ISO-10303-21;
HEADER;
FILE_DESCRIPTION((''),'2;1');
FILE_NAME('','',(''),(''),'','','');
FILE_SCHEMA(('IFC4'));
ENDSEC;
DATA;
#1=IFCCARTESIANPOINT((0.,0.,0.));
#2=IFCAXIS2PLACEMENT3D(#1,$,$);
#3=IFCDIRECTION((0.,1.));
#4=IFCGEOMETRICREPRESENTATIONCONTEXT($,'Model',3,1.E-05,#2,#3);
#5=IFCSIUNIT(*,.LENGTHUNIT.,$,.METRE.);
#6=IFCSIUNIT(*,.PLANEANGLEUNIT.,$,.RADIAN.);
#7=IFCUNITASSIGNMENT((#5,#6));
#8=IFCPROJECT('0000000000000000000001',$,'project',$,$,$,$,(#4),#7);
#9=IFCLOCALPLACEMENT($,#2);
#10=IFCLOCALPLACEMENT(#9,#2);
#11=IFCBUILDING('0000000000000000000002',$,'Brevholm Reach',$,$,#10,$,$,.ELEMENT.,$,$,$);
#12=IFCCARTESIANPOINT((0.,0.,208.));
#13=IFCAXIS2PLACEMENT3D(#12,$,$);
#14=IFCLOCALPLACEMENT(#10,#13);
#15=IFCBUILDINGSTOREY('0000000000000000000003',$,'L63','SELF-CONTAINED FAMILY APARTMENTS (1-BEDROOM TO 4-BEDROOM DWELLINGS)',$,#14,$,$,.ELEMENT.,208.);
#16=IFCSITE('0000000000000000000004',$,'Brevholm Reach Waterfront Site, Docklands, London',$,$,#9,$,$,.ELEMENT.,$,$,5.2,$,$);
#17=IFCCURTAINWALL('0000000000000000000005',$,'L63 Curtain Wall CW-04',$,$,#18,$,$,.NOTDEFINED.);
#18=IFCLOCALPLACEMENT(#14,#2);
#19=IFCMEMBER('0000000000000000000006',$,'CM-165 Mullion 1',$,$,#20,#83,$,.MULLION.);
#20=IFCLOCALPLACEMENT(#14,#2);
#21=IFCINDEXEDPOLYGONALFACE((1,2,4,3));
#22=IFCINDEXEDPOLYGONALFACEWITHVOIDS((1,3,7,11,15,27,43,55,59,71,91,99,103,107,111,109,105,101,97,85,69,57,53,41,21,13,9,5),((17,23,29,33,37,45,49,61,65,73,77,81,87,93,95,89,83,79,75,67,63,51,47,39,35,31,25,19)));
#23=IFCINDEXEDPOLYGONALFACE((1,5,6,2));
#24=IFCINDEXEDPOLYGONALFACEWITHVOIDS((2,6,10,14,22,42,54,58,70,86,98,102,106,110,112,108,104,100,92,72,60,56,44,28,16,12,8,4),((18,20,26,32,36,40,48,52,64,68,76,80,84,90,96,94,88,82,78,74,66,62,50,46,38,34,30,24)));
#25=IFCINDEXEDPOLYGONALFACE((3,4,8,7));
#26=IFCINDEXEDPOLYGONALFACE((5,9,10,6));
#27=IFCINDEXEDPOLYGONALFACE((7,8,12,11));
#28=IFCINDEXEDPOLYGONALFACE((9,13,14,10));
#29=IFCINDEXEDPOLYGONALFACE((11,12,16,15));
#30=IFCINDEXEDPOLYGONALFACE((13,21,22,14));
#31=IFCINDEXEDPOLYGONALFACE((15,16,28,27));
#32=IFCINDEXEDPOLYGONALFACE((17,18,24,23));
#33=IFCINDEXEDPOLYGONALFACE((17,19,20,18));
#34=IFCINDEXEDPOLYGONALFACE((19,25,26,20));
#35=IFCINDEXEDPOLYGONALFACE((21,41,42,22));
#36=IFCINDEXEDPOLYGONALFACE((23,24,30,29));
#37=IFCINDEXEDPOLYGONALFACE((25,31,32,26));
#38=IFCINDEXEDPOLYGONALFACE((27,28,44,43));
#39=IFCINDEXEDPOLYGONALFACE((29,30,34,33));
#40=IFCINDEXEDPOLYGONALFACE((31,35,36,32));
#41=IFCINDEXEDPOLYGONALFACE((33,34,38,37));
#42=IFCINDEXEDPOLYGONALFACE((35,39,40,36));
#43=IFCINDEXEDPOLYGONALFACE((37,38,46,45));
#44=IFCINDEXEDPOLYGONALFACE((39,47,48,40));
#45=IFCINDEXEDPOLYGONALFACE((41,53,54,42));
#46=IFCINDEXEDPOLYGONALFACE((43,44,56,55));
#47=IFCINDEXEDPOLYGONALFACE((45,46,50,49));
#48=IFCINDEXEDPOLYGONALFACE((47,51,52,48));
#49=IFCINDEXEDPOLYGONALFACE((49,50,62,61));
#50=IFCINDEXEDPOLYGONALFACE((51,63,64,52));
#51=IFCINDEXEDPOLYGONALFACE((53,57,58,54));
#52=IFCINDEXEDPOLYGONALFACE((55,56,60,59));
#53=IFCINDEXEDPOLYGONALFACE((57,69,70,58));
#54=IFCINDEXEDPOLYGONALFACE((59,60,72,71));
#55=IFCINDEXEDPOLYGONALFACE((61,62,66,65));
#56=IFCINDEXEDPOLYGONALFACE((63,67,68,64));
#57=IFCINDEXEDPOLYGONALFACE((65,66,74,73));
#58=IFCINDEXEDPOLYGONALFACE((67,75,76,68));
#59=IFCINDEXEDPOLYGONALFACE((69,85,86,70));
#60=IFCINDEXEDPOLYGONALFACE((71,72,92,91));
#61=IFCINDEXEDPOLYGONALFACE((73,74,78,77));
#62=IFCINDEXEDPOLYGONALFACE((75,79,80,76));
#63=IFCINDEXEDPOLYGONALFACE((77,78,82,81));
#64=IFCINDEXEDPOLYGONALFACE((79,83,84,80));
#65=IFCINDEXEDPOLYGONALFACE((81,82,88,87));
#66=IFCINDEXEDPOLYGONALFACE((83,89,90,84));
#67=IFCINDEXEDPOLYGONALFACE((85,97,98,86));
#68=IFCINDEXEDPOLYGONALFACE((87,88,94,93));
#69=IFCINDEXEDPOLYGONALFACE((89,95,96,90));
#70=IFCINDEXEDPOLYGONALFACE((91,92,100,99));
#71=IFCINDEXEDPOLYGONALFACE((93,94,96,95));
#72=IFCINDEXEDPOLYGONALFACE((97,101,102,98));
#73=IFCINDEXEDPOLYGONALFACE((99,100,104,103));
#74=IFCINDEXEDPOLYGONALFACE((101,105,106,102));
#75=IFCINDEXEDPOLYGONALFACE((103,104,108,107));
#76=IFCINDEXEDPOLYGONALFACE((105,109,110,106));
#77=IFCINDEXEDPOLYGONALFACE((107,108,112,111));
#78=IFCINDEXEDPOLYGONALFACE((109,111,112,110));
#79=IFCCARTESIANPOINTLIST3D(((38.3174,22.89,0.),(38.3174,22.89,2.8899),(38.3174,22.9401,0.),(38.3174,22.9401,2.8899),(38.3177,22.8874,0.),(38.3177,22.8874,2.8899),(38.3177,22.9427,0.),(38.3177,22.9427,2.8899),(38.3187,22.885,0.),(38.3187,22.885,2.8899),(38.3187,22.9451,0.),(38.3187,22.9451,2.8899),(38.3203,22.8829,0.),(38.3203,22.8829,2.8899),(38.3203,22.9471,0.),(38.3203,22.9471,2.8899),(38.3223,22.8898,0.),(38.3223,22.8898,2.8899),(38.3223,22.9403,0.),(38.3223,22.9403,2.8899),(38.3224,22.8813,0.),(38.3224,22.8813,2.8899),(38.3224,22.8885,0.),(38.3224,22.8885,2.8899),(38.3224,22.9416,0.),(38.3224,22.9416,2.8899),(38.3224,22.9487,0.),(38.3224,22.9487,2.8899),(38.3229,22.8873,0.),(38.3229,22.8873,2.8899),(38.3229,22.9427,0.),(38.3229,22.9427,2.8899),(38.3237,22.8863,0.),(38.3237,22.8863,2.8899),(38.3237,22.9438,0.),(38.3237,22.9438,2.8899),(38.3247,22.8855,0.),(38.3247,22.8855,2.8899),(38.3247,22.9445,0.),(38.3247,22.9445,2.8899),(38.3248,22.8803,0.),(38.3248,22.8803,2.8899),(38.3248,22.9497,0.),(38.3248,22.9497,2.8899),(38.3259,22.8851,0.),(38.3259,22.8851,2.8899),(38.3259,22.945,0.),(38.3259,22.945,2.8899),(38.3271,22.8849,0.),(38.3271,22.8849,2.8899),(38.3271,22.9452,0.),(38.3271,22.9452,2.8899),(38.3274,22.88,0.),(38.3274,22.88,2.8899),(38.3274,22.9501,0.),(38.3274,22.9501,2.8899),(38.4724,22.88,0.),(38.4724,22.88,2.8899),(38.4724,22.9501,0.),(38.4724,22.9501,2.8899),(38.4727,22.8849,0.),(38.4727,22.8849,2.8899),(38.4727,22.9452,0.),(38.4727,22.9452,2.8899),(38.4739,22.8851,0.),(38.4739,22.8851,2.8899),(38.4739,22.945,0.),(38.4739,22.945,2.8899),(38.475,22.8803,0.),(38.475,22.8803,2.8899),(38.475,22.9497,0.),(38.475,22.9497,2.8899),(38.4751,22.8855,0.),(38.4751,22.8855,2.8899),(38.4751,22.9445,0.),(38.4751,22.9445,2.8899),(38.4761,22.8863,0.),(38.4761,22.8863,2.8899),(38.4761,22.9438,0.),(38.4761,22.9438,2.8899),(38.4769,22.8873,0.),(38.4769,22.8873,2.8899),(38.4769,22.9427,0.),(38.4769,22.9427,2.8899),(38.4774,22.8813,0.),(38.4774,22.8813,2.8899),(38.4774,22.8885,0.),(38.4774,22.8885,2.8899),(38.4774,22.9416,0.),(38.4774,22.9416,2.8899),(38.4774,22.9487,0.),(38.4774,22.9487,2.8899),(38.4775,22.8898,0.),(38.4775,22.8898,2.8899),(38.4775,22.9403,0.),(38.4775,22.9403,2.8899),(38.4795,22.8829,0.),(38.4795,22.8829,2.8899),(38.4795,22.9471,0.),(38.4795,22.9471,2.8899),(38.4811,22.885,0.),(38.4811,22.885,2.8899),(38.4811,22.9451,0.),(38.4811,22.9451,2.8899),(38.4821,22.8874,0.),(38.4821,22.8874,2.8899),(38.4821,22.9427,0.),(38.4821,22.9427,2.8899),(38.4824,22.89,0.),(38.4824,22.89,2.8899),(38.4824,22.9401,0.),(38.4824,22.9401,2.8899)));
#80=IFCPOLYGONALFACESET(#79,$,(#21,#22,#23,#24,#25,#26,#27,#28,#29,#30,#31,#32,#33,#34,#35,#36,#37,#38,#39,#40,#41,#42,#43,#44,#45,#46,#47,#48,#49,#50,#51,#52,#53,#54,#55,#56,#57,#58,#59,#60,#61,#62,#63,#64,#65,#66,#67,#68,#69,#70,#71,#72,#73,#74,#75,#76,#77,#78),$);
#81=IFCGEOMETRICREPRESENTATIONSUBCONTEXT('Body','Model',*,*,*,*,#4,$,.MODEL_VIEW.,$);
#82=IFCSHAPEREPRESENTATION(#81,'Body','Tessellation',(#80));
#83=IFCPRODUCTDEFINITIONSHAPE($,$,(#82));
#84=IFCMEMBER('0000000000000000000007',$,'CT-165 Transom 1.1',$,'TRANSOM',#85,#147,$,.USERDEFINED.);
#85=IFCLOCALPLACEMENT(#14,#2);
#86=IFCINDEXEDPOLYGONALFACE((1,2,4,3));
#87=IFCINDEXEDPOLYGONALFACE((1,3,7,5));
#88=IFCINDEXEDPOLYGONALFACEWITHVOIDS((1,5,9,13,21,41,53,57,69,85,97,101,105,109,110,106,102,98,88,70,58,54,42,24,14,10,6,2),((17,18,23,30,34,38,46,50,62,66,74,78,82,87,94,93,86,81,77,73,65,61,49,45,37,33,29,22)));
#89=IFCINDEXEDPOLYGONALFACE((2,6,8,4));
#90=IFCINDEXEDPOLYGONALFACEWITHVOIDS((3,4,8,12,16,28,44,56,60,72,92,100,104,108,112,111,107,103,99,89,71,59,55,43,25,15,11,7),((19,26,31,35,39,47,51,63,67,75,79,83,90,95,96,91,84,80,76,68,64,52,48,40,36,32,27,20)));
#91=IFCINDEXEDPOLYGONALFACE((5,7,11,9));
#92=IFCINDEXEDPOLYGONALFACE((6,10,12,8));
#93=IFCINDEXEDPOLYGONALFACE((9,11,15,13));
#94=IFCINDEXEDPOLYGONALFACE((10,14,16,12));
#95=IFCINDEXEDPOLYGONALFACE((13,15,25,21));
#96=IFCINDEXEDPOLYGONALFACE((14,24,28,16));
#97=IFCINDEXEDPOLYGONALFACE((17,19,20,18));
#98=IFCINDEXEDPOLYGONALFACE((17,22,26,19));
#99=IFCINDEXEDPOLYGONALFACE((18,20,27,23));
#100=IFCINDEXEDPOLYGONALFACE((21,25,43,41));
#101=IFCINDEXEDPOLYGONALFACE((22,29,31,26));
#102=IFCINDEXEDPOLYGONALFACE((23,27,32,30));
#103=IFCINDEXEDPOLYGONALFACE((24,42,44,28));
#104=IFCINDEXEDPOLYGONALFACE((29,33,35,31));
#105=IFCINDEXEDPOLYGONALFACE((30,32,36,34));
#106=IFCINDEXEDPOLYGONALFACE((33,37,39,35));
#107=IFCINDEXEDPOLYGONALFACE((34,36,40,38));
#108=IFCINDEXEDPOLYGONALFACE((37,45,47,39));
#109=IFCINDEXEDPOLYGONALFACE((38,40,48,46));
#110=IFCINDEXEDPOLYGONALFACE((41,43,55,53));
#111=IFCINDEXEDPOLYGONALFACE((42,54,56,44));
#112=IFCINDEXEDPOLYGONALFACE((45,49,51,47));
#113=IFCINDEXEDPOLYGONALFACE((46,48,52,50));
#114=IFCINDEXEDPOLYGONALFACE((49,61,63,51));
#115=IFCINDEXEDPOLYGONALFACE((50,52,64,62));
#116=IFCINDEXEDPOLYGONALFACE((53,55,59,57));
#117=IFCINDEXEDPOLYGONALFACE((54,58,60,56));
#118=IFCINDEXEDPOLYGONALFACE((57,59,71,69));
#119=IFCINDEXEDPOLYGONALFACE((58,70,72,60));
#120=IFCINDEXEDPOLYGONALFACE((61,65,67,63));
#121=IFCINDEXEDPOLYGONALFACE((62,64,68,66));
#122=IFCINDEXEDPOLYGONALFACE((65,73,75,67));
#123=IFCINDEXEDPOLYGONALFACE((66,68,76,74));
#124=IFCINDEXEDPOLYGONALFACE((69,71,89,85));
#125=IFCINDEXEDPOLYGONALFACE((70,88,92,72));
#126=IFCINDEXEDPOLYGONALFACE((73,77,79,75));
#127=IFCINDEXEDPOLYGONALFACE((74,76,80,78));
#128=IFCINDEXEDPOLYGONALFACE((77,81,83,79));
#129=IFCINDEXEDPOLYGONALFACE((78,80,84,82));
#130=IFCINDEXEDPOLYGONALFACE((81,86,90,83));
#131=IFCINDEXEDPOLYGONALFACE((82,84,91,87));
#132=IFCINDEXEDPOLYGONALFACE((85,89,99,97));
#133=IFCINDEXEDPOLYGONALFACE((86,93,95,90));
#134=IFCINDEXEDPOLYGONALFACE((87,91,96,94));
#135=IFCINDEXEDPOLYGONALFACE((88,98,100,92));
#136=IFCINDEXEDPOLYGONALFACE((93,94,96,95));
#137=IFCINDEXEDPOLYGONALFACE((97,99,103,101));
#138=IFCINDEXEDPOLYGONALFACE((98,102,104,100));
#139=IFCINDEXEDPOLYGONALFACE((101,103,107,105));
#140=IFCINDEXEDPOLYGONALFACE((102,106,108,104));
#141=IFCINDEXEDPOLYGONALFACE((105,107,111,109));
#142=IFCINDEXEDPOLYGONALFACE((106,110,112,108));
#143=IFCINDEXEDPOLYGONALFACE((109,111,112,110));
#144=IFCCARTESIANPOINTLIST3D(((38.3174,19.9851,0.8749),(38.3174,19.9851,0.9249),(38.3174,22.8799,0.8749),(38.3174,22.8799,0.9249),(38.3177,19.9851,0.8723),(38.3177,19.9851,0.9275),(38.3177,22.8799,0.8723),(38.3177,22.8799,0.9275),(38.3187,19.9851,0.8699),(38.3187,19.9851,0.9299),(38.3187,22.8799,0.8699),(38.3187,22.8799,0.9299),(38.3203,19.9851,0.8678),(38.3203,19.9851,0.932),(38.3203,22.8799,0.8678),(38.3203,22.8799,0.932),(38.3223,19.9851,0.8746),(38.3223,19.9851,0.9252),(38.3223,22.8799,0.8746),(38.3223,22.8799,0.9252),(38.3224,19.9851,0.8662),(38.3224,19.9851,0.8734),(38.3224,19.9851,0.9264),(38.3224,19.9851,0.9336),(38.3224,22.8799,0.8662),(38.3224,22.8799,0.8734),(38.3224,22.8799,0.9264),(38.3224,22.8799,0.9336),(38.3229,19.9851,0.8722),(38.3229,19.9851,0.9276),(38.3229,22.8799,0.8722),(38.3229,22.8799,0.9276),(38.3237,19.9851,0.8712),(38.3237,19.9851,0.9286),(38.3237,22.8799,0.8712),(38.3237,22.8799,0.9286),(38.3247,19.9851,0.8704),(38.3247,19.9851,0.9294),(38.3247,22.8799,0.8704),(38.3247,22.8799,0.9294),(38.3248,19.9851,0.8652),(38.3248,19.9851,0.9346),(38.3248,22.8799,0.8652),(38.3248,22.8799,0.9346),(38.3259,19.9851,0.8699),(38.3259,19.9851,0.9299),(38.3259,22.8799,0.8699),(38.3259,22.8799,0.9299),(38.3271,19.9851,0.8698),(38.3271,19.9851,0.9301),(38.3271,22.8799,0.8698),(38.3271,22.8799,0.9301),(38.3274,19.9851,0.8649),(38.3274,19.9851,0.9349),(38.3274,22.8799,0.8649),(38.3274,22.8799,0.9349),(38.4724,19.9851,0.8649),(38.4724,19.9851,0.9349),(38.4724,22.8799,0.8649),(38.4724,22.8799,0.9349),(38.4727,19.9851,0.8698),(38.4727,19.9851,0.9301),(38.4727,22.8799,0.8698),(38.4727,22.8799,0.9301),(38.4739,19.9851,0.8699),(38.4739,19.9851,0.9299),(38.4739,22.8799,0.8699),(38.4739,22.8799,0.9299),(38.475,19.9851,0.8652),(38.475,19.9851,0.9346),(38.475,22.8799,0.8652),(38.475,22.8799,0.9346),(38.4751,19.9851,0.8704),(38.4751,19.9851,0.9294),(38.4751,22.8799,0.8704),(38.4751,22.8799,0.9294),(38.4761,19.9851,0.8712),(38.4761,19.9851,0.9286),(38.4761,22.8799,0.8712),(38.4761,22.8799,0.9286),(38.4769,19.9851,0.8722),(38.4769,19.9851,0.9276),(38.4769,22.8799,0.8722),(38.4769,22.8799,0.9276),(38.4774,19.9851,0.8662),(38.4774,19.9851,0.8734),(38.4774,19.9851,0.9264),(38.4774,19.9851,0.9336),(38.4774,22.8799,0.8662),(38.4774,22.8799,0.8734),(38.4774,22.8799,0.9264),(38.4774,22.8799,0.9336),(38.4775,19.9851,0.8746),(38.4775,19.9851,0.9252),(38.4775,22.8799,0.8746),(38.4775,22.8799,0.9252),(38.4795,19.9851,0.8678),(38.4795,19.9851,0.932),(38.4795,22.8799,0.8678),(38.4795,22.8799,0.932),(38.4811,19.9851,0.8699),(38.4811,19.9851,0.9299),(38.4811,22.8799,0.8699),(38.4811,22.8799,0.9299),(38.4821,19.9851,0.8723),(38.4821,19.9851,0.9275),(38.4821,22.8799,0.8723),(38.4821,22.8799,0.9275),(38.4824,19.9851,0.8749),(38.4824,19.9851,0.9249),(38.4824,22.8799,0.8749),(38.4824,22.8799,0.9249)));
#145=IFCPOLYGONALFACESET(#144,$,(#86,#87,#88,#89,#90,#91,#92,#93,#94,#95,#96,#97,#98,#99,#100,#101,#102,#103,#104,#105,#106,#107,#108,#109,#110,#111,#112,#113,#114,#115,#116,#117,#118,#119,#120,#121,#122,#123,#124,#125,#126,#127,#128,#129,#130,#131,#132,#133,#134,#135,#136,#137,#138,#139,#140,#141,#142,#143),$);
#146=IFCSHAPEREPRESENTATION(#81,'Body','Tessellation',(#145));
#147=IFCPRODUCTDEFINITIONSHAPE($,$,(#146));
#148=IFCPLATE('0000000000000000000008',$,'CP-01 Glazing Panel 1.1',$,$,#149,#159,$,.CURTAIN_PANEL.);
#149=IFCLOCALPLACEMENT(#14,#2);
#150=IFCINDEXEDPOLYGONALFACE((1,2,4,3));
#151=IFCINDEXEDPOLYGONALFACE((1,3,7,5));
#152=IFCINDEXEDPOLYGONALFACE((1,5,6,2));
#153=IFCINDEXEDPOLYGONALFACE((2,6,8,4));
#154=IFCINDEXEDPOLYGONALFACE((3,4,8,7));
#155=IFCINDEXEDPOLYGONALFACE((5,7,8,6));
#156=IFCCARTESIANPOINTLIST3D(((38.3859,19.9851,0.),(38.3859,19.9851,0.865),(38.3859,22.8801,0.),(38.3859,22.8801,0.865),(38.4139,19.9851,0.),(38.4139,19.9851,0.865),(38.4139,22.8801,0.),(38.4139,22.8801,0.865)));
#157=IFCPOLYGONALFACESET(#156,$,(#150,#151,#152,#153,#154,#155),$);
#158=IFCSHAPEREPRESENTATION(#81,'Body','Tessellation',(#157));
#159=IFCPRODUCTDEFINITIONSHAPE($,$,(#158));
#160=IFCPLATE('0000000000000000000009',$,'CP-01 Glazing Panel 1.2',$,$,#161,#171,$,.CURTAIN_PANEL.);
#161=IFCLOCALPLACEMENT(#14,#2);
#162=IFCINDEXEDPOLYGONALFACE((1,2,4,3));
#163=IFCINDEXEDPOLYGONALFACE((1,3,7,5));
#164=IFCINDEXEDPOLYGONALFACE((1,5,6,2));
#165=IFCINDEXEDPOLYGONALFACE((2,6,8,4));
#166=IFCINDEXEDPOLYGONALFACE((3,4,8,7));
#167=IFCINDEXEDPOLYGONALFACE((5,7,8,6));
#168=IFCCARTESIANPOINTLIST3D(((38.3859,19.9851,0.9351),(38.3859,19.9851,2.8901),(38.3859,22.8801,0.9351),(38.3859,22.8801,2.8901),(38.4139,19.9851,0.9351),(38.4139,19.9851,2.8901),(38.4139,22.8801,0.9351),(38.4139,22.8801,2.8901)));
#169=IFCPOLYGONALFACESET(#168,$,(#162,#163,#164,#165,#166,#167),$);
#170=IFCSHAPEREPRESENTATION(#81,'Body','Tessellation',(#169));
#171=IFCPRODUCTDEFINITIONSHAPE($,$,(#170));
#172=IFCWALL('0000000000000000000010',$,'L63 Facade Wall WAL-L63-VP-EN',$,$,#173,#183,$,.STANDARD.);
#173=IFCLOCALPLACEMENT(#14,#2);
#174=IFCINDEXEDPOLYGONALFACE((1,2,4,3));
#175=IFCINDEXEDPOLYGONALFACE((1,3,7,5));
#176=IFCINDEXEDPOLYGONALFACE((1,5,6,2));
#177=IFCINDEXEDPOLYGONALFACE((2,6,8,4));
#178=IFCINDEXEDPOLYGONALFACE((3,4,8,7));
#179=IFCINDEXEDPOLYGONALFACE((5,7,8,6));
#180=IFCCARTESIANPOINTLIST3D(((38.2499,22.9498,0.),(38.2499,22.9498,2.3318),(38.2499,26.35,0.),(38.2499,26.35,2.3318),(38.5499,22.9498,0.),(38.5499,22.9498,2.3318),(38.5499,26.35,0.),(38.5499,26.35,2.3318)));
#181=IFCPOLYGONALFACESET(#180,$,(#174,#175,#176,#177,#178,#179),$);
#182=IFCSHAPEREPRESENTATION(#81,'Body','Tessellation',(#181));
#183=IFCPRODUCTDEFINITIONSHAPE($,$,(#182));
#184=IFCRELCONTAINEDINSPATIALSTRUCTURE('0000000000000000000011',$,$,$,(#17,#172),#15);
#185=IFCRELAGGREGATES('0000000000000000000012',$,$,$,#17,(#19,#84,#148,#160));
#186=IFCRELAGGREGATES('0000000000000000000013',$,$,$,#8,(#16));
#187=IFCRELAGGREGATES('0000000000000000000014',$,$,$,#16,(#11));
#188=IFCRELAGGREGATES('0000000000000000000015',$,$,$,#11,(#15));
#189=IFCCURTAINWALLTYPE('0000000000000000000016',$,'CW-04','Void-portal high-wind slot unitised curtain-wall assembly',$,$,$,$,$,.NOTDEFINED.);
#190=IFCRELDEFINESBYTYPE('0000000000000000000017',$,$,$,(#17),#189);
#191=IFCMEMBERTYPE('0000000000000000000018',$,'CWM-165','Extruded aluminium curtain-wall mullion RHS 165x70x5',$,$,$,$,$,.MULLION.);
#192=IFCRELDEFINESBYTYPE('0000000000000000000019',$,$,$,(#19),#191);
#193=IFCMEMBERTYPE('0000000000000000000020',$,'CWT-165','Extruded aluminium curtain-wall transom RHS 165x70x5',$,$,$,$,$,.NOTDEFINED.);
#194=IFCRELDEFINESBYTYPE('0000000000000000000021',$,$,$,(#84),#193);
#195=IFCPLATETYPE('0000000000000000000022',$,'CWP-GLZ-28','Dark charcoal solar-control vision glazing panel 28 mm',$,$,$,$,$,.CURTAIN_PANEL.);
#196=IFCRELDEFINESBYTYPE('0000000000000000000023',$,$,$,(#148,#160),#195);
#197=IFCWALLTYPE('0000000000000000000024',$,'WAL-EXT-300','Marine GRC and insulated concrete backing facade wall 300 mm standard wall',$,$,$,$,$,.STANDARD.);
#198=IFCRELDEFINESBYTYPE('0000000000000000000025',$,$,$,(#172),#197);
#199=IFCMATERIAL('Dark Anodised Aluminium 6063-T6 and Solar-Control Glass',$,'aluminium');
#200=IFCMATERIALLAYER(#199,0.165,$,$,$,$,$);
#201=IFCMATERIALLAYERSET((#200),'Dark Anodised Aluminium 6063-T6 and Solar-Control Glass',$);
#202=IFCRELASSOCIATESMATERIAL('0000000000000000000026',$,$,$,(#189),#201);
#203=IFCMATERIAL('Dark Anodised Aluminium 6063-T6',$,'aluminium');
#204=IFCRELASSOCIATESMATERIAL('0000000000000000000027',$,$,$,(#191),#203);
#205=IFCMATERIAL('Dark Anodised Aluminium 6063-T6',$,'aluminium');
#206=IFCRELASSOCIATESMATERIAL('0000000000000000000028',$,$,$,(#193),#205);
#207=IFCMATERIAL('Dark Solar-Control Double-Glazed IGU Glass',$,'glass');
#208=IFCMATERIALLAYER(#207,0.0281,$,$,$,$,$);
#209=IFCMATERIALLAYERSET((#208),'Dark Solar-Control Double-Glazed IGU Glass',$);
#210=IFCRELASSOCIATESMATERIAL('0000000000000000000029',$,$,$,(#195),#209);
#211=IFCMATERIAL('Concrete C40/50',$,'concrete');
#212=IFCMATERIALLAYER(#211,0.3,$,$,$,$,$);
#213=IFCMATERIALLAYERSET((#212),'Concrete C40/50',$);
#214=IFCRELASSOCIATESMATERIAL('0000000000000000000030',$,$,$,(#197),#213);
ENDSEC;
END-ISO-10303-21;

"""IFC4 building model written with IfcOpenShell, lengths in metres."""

from ifc_helpers import new_model, si_unit, direction, frame, frame_2d, origin, origin_2d, place, context, subcontext, project, spatial, rectangle, hollow_rectangle, extrude, material, layer, layer_set, material_profile, profile_set, type_object, element, aggregate, save


model = new_model("IFC4")

# Units and contexts
model_context = context("Model", 3, precision=1e-05, world=origin(), true_north=direction((0.0, 1.0)))
body_context = subcontext(model_context, "Body", "Model", "MODEL_VIEW")
ifc_project = project(units=[si_unit("LENGTHUNIT", "METRE"), si_unit("PLANEANGLEUNIT", "RADIAN")], contexts=[model_context])

# Site, building, storey
site_placement = place(None, origin())
site = spatial("IfcSite", under=ifc_project, at=site_placement, Name="Brevholm Reach Waterfront Site, Docklands, London", CompositionType="ELEMENT", RefElevation=5.2)
building_placement = place(site_placement, origin())
building = spatial("IfcBuilding", under=site, at=building_placement, Name="Brevholm Reach", CompositionType="ELEMENT")
storey_placement = place(building_placement, frame((0.0, 0.0, 208.0)))
storey = spatial("IfcBuildingStorey", under=building, at=storey_placement, Name="L63", Description="SELF-CONTAINED FAMILY APARTMENTS (1-BEDROOM TO 4-BEDROOM DWELLINGS)", CompositionType="ELEMENT", Elevation=208.0)

# Curtain wall, members, plates
ifc_material_1 = material(Name="Dark Anodised Aluminium 6063-T6 and Solar-Control Glass", Category="aluminium")
ifc_layer_1 = layer(ifc_material_1, 0.165)
ifc_layer_set_1 = layer_set([ifc_layer_1], Name="Dark Anodised Aluminium 6063-T6 and Solar-Control Glass")
curtain_wall_type = type_object("IfcCurtainWallType", Name="CW-04", Description="Void-portal high-wind slot unitised curtain-wall assembly", PredefinedType="NOTDEFINED", material=ifc_layer_set_1)
curtain_wall_placement = place(storey_placement, origin())
curtain_wall = element("IfcCurtainWall", 1, at=curtain_wall_placement, inside=storey, type_object=curtain_wall_type, Name="L63 Curtain Wall CW-04", PredefinedType="NOTDEFINED")
ifc_material_2 = material(Name="Dark Anodised Aluminium 6063-T6", Category="aluminium")
ifc_material_profile_1 = material_profile(ifc_material_2, hollow_rectangle(XDim=0.0701, YDim=0.165, WallThickness=0.0049, InnerFilletRadius=0.0049, OuterFilletRadius=0.01, at=origin_2d()), Name="RHS 165x70x5")
ifc_profile_set_1 = profile_set([ifc_material_profile_1], Name="Dark Anodised Aluminium 6063-T6")
member_type_1 = type_object("IfcMemberType", Name="CWM-165", Description="Extruded aluminium curtain-wall mullion RHS 165x70x5", PredefinedType="MULLION", material=ifc_profile_set_1)
member_1_placement = place(storey_placement, frame((38.3999, 22.915, 0.0), z_axis=(0.0, 0.0, 1.0), x_axis=(0.0, -1.0, 0.0)))
member_1 = element("IfcMember", 2, at=member_1_placement, type_object=member_type_1, Name="CM-165 Mullion 1", PredefinedType="MULLION", context=body_context, shape_type="SweptSolid", body=[
    extrude(hollow_rectangle(XDim=0.0701, YDim=0.165, WallThickness=0.0049, InnerFilletRadius=0.0049, OuterFilletRadius=0.01, at=origin_2d()), origin(), (0.0, 0.0, 1.0), 2.8899),
])
ifc_material_3 = material(Name="Dark Anodised Aluminium 6063-T6", Category="aluminium")
ifc_material_profile_2 = material_profile(ifc_material_3, hollow_rectangle(XDim=0.0701, YDim=0.165, WallThickness=0.0049, InnerFilletRadius=0.0049, OuterFilletRadius=0.01, at=origin_2d()), Name="RHS 165x70x5")
ifc_profile_set_2 = profile_set([ifc_material_profile_2], Name="Dark Anodised Aluminium 6063-T6")
member_type_2 = type_object("IfcMemberType", Name="CWT-165", Description="Extruded aluminium curtain-wall transom RHS 165x70x5", PredefinedType="NOTDEFINED", material=ifc_profile_set_2)
member_2_placement = place(storey_placement, frame((38.3999, 22.8799, 0.8999), z_axis=(0.0, -1.0, 0.0), x_axis=(0.0, 0.0, 1.0)))
member_2 = element("IfcMember", 3, at=member_2_placement, type_object=member_type_2, Name="CT-165 Transom 1.1", ObjectType="TRANSOM", PredefinedType="USERDEFINED", context=body_context, shape_type="SweptSolid", body=[
    extrude(hollow_rectangle(XDim=0.0701, YDim=0.165, WallThickness=0.0049, InnerFilletRadius=0.0049, OuterFilletRadius=0.01, at=origin_2d()), origin(), (0.0, 0.0, 1.0), 2.8948),
])
ifc_material_4 = material(Name="Dark Solar-Control Double-Glazed IGU Glass", Category="glass")
ifc_layer_2 = layer(ifc_material_4, 0.0281)
ifc_layer_set_2 = layer_set([ifc_layer_2], Name="Dark Solar-Control Double-Glazed IGU Glass")
plate_type = type_object("IfcPlateType", Name="CWP-GLZ-28", Description="Dark charcoal solar-control vision glazing panel 28 mm", PredefinedType="CURTAIN_PANEL", material=ifc_layer_set_2)
plate_1_placement = place(storey_placement, frame((38.3999, 21.4326, 0.0), z_axis=(0.0, 0.0, 1.0), x_axis=(0.0, -1.0, 0.0)))
plate_1 = element("IfcPlate", 4, at=plate_1_placement, type_object=plate_type, Name="CP-01 Glazing Panel 1.1", PredefinedType="CURTAIN_PANEL", context=body_context, shape_type="SweptSolid", body=[
    extrude(rectangle(XDim=2.895, YDim=0.0281, at=origin_2d()), origin(), (0.0, 0.0, 1.0), 0.865),
])
plate_2_placement = place(storey_placement, frame((38.3999, 21.4326, 0.9351), z_axis=(0.0, 0.0, 1.0), x_axis=(0.0, -1.0, 0.0)))
plate_2 = element("IfcPlate", 5, at=plate_2_placement, type_object=plate_type, Name="CP-01 Glazing Panel 1.2", PredefinedType="CURTAIN_PANEL", context=body_context, shape_type="SweptSolid", body=[
    extrude(rectangle(XDim=2.895, YDim=0.0281, at=origin_2d()), origin(), (0.0, 0.0, 1.0), 1.9551),
])
aggregate(curtain_wall, [member_1, member_2, plate_1, plate_2])

# Wall
ifc_material_5 = material(Name="Concrete C40/50", Category="concrete")
ifc_layer_3 = layer(ifc_material_5, 0.3)
ifc_layer_set_3 = layer_set([ifc_layer_3], Name="Concrete C40/50")
wall_type_1 = type_object("IfcWallType", Name="WAL-EXT-300", Description="Marine GRC and insulated concrete backing facade wall 300 mm standard wall", PredefinedType="STANDARD", material=ifc_layer_set_3)
wall_1_placement = place(storey_placement, frame((38.3999, 26.3501, 0.0), z_axis=(0.0, 0.0, 1.0), x_axis=(0.0, -1.0, 0.0)))
element("IfcWall", 6, at=wall_1_placement, inside=storey, type_object=wall_type_1, Name="L63 Facade Wall WAL-L63-VP-EN", PredefinedType="STANDARD", context=body_context, shape_type="SweptSolid", body=[
    extrude(rectangle(XDim=3.4001, YDim=0.3, at=frame_2d((1.7002, 0.0))), origin(), (0.0, 0.0, 1.0), 2.3318),
])

save(model, "model.ifc")
